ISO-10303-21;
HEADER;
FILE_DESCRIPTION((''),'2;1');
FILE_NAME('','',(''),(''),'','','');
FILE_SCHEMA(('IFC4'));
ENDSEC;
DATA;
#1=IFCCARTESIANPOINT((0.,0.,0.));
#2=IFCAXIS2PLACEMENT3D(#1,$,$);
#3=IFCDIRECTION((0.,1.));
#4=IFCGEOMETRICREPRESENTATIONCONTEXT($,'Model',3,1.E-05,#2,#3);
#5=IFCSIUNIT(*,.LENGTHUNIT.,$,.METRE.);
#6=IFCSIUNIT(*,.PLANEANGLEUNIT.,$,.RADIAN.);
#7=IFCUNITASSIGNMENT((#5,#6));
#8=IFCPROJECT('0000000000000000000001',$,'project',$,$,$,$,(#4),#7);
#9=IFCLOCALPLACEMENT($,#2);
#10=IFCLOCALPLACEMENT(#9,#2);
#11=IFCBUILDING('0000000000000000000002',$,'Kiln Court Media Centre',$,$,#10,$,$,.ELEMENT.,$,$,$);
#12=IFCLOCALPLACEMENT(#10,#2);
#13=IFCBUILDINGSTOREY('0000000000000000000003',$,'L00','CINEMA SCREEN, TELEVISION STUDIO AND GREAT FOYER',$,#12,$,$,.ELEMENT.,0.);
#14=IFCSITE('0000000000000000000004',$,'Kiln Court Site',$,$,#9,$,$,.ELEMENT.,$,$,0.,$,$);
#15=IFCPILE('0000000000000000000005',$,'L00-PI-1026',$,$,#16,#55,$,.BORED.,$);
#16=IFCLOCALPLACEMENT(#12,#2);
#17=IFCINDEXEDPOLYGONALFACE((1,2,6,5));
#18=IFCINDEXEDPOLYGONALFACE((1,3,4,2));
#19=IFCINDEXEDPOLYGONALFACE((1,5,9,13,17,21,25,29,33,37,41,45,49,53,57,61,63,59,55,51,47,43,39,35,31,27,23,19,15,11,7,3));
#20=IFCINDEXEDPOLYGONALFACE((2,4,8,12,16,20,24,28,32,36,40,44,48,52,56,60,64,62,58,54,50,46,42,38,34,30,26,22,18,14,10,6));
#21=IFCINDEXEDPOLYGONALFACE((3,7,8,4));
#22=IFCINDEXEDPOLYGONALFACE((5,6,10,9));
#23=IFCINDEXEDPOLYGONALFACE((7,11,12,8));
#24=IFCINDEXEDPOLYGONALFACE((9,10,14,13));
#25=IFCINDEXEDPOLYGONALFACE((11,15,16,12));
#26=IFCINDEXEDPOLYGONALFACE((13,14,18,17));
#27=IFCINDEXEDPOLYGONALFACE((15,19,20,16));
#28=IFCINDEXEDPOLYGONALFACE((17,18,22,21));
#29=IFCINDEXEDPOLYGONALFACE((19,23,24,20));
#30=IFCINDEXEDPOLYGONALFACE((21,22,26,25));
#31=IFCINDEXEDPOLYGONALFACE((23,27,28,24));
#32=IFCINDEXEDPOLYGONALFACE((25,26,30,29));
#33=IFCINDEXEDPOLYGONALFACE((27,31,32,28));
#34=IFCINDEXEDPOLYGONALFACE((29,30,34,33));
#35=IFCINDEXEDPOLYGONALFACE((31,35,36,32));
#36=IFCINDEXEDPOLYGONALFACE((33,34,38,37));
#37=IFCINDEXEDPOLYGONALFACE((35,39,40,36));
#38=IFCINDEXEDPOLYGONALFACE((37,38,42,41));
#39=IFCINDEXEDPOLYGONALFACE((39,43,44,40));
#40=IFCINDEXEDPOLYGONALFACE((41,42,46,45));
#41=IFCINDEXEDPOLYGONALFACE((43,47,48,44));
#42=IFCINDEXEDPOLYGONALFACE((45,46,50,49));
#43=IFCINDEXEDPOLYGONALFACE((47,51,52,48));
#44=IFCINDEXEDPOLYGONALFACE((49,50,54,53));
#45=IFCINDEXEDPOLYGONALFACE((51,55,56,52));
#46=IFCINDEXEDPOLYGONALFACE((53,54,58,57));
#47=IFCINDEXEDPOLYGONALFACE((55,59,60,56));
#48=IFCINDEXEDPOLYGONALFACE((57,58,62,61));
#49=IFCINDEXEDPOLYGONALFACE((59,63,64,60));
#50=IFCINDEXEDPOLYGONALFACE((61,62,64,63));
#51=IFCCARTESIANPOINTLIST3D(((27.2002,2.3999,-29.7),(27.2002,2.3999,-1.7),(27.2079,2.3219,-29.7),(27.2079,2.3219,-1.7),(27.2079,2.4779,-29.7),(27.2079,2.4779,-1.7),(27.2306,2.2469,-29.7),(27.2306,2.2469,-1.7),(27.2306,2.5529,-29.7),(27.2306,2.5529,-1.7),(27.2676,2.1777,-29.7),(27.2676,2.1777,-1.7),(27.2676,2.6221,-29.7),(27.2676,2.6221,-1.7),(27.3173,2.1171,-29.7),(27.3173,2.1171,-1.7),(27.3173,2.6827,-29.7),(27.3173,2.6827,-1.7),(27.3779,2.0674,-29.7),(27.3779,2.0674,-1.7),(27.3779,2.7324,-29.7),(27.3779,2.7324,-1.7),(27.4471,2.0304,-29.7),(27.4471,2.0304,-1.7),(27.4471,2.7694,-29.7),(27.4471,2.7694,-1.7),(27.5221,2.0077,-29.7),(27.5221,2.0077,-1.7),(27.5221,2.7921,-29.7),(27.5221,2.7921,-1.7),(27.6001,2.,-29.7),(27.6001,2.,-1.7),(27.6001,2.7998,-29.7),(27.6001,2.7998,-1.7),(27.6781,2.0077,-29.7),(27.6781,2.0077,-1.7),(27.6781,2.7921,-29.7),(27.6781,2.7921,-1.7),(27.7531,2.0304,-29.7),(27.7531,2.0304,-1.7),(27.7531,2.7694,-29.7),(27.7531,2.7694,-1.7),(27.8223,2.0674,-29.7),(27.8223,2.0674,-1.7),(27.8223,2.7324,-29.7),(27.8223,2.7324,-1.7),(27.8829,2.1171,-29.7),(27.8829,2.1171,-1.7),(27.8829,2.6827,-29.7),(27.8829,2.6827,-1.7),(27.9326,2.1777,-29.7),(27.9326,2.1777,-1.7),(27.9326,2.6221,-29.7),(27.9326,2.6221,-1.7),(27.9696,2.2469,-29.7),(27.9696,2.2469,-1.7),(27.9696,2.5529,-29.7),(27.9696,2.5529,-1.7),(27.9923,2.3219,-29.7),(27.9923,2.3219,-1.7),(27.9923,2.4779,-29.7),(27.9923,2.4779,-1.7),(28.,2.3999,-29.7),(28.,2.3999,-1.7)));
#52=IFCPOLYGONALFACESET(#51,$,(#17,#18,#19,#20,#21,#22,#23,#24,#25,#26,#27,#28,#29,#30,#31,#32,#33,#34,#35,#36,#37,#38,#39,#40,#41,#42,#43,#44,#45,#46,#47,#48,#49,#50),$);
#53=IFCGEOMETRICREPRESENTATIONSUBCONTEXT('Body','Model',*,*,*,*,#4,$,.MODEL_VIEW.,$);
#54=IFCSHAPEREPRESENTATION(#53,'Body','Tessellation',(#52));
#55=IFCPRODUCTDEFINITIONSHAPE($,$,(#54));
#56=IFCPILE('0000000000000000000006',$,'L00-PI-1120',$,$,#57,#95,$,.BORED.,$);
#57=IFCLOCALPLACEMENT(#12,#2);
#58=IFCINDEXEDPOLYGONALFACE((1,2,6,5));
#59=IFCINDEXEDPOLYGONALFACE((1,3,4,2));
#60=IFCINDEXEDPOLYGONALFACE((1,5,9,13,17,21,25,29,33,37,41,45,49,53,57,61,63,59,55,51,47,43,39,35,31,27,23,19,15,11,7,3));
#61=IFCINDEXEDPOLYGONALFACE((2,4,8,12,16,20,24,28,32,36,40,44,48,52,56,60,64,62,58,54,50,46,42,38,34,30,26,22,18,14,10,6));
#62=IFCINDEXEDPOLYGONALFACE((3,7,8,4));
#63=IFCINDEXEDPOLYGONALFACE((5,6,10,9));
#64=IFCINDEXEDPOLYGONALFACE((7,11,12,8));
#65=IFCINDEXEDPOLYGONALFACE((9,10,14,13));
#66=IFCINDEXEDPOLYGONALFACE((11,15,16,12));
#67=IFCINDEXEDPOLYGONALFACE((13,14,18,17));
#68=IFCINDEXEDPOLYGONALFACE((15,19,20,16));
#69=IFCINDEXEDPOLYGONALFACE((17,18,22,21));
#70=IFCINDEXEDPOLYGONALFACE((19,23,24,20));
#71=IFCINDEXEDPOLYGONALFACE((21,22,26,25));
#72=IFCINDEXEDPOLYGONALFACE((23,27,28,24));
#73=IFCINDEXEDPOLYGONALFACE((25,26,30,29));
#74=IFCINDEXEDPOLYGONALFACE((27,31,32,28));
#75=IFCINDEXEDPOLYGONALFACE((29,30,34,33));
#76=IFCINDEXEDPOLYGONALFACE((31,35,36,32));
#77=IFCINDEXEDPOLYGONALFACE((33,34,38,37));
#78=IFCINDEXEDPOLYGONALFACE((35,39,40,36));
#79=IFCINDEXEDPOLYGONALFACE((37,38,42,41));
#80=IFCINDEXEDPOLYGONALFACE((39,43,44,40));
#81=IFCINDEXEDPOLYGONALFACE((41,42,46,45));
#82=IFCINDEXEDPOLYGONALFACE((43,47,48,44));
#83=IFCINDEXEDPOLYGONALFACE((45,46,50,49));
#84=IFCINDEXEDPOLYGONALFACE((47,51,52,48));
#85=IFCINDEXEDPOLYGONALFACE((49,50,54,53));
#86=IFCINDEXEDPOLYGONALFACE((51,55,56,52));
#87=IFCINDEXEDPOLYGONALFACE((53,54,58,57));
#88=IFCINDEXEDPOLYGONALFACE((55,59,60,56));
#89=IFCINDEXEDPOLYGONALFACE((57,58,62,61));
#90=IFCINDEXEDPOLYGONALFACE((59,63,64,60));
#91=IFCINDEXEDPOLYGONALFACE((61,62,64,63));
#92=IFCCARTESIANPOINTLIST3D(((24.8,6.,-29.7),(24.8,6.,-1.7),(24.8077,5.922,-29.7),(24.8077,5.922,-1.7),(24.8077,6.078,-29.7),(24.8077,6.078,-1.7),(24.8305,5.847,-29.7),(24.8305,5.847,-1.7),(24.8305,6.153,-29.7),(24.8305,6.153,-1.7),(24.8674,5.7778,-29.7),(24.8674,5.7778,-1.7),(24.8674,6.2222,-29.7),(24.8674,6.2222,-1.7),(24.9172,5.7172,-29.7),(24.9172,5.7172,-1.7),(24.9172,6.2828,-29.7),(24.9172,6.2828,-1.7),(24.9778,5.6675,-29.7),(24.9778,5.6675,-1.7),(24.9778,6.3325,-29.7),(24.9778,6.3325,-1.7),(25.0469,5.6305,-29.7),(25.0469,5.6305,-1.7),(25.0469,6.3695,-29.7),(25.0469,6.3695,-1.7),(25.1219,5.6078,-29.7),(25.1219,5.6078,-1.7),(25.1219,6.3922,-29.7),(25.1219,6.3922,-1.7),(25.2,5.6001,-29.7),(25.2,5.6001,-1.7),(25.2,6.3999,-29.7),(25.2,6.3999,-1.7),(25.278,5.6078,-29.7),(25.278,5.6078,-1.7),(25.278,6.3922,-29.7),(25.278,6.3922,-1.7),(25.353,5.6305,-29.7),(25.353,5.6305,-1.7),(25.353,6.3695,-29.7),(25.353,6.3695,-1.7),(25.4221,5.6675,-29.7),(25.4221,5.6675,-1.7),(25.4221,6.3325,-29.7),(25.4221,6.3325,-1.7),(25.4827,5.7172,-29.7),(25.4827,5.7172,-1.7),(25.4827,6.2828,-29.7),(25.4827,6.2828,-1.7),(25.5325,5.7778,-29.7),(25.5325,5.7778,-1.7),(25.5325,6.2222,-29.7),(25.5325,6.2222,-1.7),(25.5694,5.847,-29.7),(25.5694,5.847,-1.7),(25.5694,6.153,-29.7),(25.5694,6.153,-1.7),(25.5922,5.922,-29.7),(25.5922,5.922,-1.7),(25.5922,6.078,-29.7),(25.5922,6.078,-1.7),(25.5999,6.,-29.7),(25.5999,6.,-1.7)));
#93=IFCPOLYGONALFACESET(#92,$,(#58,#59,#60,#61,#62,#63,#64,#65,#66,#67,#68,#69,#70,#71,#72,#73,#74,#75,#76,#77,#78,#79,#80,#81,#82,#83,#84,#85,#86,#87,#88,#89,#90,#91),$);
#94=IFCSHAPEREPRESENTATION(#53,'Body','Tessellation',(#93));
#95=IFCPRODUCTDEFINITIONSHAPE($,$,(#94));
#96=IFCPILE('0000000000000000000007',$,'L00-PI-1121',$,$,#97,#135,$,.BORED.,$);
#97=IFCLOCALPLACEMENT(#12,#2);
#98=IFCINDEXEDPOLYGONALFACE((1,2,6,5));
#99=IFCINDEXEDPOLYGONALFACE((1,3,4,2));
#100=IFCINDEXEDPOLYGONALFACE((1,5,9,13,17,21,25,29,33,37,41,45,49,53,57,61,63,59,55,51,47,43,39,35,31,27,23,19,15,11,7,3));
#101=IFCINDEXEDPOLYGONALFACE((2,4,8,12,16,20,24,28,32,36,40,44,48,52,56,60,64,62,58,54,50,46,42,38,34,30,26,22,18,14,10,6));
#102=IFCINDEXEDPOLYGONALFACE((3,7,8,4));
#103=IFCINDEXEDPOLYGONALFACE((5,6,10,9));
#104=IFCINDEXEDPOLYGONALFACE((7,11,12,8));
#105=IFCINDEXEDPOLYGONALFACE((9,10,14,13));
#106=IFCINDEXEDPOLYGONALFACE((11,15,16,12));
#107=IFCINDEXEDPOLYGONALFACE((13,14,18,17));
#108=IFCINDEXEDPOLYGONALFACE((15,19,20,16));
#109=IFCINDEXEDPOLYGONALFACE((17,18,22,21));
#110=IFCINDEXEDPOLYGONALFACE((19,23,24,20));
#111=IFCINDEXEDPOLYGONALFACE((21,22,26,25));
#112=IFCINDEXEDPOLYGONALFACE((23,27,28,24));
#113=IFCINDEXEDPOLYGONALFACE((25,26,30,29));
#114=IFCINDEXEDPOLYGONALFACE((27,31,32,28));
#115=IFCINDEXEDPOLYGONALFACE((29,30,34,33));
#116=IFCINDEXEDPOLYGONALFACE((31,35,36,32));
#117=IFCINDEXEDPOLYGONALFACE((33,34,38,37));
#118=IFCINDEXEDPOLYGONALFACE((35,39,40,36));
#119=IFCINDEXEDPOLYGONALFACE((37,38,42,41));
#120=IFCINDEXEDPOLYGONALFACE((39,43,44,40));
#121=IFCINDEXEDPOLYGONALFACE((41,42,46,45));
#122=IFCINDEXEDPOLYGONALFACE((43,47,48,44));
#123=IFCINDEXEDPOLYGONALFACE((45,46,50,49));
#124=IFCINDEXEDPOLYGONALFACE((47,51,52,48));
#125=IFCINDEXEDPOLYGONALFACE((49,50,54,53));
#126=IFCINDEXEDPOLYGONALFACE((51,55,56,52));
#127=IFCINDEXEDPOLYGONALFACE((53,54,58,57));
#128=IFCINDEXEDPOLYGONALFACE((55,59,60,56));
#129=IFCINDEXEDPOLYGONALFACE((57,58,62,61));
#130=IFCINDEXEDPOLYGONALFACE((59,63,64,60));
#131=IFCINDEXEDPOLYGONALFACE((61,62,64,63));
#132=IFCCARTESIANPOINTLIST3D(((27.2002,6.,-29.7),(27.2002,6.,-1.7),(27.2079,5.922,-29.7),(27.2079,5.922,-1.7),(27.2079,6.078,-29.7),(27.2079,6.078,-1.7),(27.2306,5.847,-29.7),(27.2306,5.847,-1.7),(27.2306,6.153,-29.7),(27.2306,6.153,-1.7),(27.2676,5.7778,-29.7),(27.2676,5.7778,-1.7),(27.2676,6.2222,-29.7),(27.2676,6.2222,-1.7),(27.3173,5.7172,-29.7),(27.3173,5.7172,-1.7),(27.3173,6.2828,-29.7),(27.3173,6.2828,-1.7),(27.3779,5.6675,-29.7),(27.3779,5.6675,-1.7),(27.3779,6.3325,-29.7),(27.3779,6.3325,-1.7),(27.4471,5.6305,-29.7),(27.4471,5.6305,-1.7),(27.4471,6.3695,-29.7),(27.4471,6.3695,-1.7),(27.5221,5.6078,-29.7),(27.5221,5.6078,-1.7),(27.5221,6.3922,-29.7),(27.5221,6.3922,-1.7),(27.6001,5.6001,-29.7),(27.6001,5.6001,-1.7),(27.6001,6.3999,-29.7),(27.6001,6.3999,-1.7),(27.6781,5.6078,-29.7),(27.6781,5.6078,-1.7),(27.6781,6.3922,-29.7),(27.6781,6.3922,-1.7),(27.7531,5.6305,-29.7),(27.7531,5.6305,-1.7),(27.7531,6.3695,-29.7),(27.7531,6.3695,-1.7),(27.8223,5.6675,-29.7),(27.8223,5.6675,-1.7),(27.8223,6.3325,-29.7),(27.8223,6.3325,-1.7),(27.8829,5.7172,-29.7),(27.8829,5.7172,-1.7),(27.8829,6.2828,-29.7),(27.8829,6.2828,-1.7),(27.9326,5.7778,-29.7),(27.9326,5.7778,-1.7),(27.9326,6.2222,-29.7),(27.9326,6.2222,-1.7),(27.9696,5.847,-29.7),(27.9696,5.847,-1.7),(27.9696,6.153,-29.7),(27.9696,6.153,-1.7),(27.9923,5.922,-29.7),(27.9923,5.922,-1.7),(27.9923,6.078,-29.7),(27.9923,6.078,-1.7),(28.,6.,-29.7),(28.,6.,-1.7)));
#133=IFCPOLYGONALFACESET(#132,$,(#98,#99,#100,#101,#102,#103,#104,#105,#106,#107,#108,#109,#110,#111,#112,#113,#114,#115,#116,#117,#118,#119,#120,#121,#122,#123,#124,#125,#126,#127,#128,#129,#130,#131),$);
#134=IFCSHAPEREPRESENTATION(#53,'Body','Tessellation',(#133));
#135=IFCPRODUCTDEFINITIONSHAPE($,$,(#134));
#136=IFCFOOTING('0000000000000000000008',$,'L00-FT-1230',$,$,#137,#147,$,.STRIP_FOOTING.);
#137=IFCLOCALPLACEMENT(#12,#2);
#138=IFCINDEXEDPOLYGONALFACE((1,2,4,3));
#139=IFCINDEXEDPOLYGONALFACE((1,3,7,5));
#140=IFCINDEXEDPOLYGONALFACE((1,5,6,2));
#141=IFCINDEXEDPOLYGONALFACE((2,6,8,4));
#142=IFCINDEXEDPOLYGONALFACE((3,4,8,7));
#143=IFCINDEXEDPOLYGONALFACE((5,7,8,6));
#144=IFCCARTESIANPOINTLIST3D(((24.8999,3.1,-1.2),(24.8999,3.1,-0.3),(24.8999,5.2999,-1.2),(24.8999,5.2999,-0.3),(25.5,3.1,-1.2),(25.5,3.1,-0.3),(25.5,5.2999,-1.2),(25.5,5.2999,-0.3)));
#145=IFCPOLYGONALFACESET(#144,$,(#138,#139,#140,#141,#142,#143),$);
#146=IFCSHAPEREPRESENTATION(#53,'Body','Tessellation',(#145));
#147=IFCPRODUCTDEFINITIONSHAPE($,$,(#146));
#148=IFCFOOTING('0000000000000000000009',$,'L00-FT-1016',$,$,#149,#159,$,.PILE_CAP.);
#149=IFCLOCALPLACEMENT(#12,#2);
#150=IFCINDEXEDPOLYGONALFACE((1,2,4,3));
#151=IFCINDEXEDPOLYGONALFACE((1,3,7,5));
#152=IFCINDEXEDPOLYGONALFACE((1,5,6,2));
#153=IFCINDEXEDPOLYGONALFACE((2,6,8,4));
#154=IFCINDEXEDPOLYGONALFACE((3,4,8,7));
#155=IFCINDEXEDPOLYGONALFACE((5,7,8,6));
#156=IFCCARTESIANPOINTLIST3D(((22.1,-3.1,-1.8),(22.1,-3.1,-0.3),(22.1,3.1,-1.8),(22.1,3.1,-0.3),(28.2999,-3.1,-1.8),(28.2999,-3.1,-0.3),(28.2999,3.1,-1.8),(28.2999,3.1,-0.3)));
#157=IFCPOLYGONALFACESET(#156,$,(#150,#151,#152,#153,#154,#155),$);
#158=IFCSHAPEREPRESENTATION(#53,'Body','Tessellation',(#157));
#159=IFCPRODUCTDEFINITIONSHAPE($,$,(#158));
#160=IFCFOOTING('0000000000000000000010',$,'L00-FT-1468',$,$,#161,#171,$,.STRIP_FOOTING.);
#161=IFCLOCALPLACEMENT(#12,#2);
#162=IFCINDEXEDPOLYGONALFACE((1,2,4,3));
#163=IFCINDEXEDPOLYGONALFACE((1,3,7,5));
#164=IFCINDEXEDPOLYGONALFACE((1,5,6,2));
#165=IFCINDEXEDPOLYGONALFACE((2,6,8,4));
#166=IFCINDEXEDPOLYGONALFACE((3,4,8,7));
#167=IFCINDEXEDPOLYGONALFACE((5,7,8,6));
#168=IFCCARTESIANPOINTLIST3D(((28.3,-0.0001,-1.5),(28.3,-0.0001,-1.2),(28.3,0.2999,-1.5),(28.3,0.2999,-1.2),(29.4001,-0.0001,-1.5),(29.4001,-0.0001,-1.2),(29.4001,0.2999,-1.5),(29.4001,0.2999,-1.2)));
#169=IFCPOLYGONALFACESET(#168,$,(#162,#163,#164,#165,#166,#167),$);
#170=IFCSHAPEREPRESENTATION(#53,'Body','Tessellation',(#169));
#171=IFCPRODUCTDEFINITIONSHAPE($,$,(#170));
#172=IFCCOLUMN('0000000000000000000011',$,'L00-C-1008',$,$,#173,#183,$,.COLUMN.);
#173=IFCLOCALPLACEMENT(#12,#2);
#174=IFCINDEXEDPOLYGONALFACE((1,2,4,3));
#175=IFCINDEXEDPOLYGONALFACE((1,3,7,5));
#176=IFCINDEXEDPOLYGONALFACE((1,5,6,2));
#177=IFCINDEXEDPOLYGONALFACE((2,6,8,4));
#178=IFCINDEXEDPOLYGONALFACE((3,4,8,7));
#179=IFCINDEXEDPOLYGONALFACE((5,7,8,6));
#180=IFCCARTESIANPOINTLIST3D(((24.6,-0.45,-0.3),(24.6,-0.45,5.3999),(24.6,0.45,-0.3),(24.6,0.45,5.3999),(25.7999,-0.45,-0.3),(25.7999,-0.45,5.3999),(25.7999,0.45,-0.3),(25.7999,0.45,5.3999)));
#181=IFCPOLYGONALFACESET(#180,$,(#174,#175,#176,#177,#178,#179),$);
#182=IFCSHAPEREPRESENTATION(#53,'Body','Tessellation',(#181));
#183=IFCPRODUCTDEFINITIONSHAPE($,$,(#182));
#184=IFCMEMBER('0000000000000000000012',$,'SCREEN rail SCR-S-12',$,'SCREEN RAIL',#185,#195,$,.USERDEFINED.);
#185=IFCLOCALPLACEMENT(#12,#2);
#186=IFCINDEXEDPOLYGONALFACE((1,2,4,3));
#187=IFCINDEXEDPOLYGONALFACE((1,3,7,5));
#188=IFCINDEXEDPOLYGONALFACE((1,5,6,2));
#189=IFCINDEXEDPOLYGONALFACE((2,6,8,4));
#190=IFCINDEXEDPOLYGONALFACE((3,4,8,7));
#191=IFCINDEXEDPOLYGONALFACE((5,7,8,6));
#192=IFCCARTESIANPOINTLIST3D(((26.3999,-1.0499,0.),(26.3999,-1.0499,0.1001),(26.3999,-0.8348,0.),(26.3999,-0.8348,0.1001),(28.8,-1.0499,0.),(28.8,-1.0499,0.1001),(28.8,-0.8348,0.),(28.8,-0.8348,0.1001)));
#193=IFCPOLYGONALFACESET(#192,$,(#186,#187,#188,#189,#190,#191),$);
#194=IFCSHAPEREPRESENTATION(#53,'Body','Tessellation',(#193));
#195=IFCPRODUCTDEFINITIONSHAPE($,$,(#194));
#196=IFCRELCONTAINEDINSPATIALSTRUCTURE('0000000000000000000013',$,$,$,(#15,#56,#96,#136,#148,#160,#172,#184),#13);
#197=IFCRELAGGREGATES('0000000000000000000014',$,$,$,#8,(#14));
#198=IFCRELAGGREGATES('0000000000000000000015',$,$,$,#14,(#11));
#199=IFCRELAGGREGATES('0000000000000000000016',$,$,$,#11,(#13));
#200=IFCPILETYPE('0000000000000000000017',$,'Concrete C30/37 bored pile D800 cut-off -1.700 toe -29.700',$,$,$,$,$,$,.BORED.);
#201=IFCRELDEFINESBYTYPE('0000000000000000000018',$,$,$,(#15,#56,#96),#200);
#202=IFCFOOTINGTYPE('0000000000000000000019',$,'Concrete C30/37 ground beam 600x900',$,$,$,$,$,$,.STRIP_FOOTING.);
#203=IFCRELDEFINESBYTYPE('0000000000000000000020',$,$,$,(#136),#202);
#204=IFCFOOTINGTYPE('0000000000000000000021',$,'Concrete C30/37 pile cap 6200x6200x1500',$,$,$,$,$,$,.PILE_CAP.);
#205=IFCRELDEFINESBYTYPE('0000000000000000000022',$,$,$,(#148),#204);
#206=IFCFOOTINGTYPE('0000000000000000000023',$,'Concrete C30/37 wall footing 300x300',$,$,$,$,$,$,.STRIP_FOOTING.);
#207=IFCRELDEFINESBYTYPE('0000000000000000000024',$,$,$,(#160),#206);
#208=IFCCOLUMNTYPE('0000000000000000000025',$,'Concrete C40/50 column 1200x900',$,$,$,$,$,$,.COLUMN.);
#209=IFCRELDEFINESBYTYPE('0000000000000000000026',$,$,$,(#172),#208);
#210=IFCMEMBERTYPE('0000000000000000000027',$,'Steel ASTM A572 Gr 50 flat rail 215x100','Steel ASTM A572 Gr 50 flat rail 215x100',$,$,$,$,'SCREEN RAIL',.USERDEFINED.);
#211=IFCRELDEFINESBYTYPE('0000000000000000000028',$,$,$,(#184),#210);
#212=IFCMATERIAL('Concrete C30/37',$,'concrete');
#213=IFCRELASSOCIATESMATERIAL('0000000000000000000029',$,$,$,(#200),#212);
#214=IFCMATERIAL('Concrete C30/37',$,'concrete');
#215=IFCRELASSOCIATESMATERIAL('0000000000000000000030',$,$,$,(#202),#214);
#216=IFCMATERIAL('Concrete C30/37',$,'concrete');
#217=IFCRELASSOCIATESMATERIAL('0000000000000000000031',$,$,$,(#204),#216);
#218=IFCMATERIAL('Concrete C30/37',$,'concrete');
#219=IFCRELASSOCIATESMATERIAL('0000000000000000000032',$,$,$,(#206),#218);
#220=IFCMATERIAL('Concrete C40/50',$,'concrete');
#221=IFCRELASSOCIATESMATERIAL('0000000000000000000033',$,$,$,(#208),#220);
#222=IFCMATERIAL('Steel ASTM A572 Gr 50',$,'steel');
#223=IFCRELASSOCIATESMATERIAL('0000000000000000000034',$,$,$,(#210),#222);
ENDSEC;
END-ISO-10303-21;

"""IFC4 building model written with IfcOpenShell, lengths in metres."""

from ifc_helpers import new_model, si_unit, direction, frame, origin, origin_2d, place, context, subcontext, project, spatial, rectangle, circle, extrude, material, material_profile, profile_set, type_object, element, save


model = new_model("IFC4")

# Units and contexts
model_context = context("Model", 3, precision=1e-05, world=origin(), true_north=direction((0.0, 1.0)))
body_context = subcontext(model_context, "Body", "Model", "MODEL_VIEW")
ifc_project = project(units=[si_unit("LENGTHUNIT", "METRE"), si_unit("PLANEANGLEUNIT", "RADIAN")], contexts=[model_context])

# Site, building, storey
site_placement = place(None, origin())
site = spatial("IfcSite", under=ifc_project, at=site_placement, Name="Kiln Court Site", CompositionType="ELEMENT", RefElevation=0.0)
building_placement = place(site_placement, origin())
building = spatial("IfcBuilding", under=site, at=building_placement, Name="Kiln Court Media Centre", CompositionType="ELEMENT")
storey_placement = place(building_placement, origin())
storey = spatial("IfcBuildingStorey", under=building, at=storey_placement, Name="L00", Description="CINEMA SCREEN, TELEVISION STUDIO AND GREAT FOYER", CompositionType="ELEMENT", Elevation=0.0)

# Piles
ifc_material_1 = material(Name="Concrete C30/37", Category="concrete")
ifc_material_profile_1 = material_profile(ifc_material_1, circle(Radius=0.3999, at=origin_2d()), Name="PILE D800")
ifc_profile_set_1 = profile_set([ifc_material_profile_1], Name="Concrete C30/37")
pile_type = type_object("IfcPileType", Name="Concrete C30/37 bored pile D800 cut-off -1.700 toe -29.700", PredefinedType="BORED", material=ifc_profile_set_1)
for number, where, z_axis, x_axis, name in (
    (1, (27.6001, 2.3999, -1.7), (0.0, 0.0, -1.0), (1.0, 0.0, 0.0), "L00-PI-1026"),
    (2, (25.2, 6.0, -1.7), (0.0, 0.0, -1.0), (1.0, 0.0, 0.0), "L00-PI-1120"),
    (3, (27.6001, 6.0, -1.7), (0.0, 0.0, -1.0), (1.0, 0.0, 0.0), "L00-PI-1121"),
):
    element("IfcPile", number, at=place(storey_placement, frame(where, z_axis=z_axis, x_axis=x_axis)), inside=storey, type_object=pile_type, Name=name, PredefinedType="BORED", context=body_context, shape_type="SweptSolid", body=[
        extrude(circle(Radius=0.3999, at=origin_2d()), origin(), (0.0, 0.0, 1.0), 28.0),
    ])

# Footings
ifc_material_2 = material(Name="Concrete C30/37", Category="concrete")
footing_type_1 = type_object("IfcFootingType", Name="Concrete C30/37 ground beam 600x900", PredefinedType="STRIP_FOOTING", material=ifc_material_2)
footing_1_placement = place(storey_placement, frame((25.2, 4.2, -1.2), z_axis=(0.0, 0.0, 1.0), x_axis=(1.0, 0.0, 0.0)))
element("IfcFooting", 4, at=footing_1_placement, inside=storey, type_object=footing_type_1, Name="L00-FT-1230", PredefinedType="STRIP_FOOTING", context=body_context, shape_type="SweptSolid", body=[
    extrude(rectangle(XDim=0.6001, YDim=2.2, at=origin_2d()), origin(), (0.0, 0.0, 1.0), 0.8999),
])
ifc_material_3 = material(Name="Concrete C30/37", Category="concrete")
footing_type_2 = type_object("IfcFootingType", Name="Concrete C30/37 pile cap 6200x6200x1500", PredefinedType="PILE_CAP", material=ifc_material_3)
footing_2_placement = place(storey_placement, frame((25.2, 0.0, -1.8), z_axis=(0.0, 0.0, 1.0), x_axis=(1.0, 0.0, 0.0)))
element("IfcFooting", 5, at=footing_2_placement, inside=storey, type_object=footing_type_2, Name="L00-FT-1016", PredefinedType="PILE_CAP", context=body_context, shape_type="SweptSolid", body=[
    extrude(rectangle(XDim=6.2, YDim=6.2, at=origin_2d()), origin(), (0.0, 0.0, 1.0), 1.5),
])
ifc_material_4 = material(Name="Concrete C30/37", Category="concrete")
footing_type_3 = type_object("IfcFootingType", Name="Concrete C30/37 wall footing 300x300", PredefinedType="STRIP_FOOTING", material=ifc_material_4)
footing_3_placement = place(storey_placement, frame((28.8501, 0.1499, -1.5), z_axis=(0.0, 0.0, 1.0), x_axis=(1.0, 0.0, 0.0)))
element("IfcFooting", 6, at=footing_3_placement, inside=storey, type_object=footing_type_3, Name="L00-FT-1468", PredefinedType="STRIP_FOOTING", context=body_context, shape_type="SweptSolid", body=[
    extrude(rectangle(XDim=1.1001, YDim=0.3, at=origin_2d()), origin(), (0.0, 0.0, 1.0), 0.3),
])

# Column
ifc_material_5 = material(Name="Concrete C40/50", Category="concrete")
ifc_material_profile_2 = material_profile(ifc_material_5, rectangle(XDim=1.2, YDim=0.8999, at=origin_2d()), Name="RC 1200x900")
ifc_profile_set_2 = profile_set([ifc_material_profile_2], Name="Concrete C40/50")
column_type = type_object("IfcColumnType", Name="Concrete C40/50 column 1200x900", PredefinedType="COLUMN", material=ifc_profile_set_2)
column_placement = place(storey_placement, frame((25.2, 0.0, -0.3), z_axis=(0.0, 0.0, 1.0), x_axis=(1.0, 0.0, 0.0)))
element("IfcColumn", 7, at=column_placement, inside=storey, type_object=column_type, Name="L00-C-1008", PredefinedType="COLUMN", context=body_context, shape_type="SweptSolid", body=[
    extrude(rectangle(XDim=1.2, YDim=0.8999, at=origin_2d()), origin(), (0.0, 0.0, 1.0), 5.7),
])

# Member
ifc_material_6 = material(Name="Steel ASTM A572 Gr 50", Category="steel")
ifc_material_profile_3 = material_profile(ifc_material_6, rectangle(XDim=0.2151, YDim=0.1001, at=origin_2d()), Name="Steel ASTM A572 Gr 50 flat rail 215x100")
ifc_profile_set_3 = profile_set([ifc_material_profile_3], Name="Steel ASTM A572 Gr 50")
member_type = type_object("IfcMemberType", Name="Steel ASTM A572 Gr 50 flat rail 215x100", Description="Steel ASTM A572 Gr 50 flat rail 215x100", ElementType="SCREEN RAIL", PredefinedType="USERDEFINED", material=ifc_profile_set_3)
member_1_placement = place(storey_placement, frame((26.3999, -0.9424, 0.05), z_axis=(1.0, 0.0, 0.0), x_axis=(0.0, 1.0, 0.0)))
element("IfcMember", 8, at=member_1_placement, inside=storey, type_object=member_type, Name="SCREEN rail SCR-S-12", ObjectType="SCREEN RAIL", PredefinedType="USERDEFINED", context=body_context, shape_type="SweptSolid", body=[
    extrude(rectangle(XDim=0.2151, YDim=0.1001, at=origin_2d()), origin(), (0.0, 0.0, 1.0), 2.4001),
])

save(model, "model.ifc")
